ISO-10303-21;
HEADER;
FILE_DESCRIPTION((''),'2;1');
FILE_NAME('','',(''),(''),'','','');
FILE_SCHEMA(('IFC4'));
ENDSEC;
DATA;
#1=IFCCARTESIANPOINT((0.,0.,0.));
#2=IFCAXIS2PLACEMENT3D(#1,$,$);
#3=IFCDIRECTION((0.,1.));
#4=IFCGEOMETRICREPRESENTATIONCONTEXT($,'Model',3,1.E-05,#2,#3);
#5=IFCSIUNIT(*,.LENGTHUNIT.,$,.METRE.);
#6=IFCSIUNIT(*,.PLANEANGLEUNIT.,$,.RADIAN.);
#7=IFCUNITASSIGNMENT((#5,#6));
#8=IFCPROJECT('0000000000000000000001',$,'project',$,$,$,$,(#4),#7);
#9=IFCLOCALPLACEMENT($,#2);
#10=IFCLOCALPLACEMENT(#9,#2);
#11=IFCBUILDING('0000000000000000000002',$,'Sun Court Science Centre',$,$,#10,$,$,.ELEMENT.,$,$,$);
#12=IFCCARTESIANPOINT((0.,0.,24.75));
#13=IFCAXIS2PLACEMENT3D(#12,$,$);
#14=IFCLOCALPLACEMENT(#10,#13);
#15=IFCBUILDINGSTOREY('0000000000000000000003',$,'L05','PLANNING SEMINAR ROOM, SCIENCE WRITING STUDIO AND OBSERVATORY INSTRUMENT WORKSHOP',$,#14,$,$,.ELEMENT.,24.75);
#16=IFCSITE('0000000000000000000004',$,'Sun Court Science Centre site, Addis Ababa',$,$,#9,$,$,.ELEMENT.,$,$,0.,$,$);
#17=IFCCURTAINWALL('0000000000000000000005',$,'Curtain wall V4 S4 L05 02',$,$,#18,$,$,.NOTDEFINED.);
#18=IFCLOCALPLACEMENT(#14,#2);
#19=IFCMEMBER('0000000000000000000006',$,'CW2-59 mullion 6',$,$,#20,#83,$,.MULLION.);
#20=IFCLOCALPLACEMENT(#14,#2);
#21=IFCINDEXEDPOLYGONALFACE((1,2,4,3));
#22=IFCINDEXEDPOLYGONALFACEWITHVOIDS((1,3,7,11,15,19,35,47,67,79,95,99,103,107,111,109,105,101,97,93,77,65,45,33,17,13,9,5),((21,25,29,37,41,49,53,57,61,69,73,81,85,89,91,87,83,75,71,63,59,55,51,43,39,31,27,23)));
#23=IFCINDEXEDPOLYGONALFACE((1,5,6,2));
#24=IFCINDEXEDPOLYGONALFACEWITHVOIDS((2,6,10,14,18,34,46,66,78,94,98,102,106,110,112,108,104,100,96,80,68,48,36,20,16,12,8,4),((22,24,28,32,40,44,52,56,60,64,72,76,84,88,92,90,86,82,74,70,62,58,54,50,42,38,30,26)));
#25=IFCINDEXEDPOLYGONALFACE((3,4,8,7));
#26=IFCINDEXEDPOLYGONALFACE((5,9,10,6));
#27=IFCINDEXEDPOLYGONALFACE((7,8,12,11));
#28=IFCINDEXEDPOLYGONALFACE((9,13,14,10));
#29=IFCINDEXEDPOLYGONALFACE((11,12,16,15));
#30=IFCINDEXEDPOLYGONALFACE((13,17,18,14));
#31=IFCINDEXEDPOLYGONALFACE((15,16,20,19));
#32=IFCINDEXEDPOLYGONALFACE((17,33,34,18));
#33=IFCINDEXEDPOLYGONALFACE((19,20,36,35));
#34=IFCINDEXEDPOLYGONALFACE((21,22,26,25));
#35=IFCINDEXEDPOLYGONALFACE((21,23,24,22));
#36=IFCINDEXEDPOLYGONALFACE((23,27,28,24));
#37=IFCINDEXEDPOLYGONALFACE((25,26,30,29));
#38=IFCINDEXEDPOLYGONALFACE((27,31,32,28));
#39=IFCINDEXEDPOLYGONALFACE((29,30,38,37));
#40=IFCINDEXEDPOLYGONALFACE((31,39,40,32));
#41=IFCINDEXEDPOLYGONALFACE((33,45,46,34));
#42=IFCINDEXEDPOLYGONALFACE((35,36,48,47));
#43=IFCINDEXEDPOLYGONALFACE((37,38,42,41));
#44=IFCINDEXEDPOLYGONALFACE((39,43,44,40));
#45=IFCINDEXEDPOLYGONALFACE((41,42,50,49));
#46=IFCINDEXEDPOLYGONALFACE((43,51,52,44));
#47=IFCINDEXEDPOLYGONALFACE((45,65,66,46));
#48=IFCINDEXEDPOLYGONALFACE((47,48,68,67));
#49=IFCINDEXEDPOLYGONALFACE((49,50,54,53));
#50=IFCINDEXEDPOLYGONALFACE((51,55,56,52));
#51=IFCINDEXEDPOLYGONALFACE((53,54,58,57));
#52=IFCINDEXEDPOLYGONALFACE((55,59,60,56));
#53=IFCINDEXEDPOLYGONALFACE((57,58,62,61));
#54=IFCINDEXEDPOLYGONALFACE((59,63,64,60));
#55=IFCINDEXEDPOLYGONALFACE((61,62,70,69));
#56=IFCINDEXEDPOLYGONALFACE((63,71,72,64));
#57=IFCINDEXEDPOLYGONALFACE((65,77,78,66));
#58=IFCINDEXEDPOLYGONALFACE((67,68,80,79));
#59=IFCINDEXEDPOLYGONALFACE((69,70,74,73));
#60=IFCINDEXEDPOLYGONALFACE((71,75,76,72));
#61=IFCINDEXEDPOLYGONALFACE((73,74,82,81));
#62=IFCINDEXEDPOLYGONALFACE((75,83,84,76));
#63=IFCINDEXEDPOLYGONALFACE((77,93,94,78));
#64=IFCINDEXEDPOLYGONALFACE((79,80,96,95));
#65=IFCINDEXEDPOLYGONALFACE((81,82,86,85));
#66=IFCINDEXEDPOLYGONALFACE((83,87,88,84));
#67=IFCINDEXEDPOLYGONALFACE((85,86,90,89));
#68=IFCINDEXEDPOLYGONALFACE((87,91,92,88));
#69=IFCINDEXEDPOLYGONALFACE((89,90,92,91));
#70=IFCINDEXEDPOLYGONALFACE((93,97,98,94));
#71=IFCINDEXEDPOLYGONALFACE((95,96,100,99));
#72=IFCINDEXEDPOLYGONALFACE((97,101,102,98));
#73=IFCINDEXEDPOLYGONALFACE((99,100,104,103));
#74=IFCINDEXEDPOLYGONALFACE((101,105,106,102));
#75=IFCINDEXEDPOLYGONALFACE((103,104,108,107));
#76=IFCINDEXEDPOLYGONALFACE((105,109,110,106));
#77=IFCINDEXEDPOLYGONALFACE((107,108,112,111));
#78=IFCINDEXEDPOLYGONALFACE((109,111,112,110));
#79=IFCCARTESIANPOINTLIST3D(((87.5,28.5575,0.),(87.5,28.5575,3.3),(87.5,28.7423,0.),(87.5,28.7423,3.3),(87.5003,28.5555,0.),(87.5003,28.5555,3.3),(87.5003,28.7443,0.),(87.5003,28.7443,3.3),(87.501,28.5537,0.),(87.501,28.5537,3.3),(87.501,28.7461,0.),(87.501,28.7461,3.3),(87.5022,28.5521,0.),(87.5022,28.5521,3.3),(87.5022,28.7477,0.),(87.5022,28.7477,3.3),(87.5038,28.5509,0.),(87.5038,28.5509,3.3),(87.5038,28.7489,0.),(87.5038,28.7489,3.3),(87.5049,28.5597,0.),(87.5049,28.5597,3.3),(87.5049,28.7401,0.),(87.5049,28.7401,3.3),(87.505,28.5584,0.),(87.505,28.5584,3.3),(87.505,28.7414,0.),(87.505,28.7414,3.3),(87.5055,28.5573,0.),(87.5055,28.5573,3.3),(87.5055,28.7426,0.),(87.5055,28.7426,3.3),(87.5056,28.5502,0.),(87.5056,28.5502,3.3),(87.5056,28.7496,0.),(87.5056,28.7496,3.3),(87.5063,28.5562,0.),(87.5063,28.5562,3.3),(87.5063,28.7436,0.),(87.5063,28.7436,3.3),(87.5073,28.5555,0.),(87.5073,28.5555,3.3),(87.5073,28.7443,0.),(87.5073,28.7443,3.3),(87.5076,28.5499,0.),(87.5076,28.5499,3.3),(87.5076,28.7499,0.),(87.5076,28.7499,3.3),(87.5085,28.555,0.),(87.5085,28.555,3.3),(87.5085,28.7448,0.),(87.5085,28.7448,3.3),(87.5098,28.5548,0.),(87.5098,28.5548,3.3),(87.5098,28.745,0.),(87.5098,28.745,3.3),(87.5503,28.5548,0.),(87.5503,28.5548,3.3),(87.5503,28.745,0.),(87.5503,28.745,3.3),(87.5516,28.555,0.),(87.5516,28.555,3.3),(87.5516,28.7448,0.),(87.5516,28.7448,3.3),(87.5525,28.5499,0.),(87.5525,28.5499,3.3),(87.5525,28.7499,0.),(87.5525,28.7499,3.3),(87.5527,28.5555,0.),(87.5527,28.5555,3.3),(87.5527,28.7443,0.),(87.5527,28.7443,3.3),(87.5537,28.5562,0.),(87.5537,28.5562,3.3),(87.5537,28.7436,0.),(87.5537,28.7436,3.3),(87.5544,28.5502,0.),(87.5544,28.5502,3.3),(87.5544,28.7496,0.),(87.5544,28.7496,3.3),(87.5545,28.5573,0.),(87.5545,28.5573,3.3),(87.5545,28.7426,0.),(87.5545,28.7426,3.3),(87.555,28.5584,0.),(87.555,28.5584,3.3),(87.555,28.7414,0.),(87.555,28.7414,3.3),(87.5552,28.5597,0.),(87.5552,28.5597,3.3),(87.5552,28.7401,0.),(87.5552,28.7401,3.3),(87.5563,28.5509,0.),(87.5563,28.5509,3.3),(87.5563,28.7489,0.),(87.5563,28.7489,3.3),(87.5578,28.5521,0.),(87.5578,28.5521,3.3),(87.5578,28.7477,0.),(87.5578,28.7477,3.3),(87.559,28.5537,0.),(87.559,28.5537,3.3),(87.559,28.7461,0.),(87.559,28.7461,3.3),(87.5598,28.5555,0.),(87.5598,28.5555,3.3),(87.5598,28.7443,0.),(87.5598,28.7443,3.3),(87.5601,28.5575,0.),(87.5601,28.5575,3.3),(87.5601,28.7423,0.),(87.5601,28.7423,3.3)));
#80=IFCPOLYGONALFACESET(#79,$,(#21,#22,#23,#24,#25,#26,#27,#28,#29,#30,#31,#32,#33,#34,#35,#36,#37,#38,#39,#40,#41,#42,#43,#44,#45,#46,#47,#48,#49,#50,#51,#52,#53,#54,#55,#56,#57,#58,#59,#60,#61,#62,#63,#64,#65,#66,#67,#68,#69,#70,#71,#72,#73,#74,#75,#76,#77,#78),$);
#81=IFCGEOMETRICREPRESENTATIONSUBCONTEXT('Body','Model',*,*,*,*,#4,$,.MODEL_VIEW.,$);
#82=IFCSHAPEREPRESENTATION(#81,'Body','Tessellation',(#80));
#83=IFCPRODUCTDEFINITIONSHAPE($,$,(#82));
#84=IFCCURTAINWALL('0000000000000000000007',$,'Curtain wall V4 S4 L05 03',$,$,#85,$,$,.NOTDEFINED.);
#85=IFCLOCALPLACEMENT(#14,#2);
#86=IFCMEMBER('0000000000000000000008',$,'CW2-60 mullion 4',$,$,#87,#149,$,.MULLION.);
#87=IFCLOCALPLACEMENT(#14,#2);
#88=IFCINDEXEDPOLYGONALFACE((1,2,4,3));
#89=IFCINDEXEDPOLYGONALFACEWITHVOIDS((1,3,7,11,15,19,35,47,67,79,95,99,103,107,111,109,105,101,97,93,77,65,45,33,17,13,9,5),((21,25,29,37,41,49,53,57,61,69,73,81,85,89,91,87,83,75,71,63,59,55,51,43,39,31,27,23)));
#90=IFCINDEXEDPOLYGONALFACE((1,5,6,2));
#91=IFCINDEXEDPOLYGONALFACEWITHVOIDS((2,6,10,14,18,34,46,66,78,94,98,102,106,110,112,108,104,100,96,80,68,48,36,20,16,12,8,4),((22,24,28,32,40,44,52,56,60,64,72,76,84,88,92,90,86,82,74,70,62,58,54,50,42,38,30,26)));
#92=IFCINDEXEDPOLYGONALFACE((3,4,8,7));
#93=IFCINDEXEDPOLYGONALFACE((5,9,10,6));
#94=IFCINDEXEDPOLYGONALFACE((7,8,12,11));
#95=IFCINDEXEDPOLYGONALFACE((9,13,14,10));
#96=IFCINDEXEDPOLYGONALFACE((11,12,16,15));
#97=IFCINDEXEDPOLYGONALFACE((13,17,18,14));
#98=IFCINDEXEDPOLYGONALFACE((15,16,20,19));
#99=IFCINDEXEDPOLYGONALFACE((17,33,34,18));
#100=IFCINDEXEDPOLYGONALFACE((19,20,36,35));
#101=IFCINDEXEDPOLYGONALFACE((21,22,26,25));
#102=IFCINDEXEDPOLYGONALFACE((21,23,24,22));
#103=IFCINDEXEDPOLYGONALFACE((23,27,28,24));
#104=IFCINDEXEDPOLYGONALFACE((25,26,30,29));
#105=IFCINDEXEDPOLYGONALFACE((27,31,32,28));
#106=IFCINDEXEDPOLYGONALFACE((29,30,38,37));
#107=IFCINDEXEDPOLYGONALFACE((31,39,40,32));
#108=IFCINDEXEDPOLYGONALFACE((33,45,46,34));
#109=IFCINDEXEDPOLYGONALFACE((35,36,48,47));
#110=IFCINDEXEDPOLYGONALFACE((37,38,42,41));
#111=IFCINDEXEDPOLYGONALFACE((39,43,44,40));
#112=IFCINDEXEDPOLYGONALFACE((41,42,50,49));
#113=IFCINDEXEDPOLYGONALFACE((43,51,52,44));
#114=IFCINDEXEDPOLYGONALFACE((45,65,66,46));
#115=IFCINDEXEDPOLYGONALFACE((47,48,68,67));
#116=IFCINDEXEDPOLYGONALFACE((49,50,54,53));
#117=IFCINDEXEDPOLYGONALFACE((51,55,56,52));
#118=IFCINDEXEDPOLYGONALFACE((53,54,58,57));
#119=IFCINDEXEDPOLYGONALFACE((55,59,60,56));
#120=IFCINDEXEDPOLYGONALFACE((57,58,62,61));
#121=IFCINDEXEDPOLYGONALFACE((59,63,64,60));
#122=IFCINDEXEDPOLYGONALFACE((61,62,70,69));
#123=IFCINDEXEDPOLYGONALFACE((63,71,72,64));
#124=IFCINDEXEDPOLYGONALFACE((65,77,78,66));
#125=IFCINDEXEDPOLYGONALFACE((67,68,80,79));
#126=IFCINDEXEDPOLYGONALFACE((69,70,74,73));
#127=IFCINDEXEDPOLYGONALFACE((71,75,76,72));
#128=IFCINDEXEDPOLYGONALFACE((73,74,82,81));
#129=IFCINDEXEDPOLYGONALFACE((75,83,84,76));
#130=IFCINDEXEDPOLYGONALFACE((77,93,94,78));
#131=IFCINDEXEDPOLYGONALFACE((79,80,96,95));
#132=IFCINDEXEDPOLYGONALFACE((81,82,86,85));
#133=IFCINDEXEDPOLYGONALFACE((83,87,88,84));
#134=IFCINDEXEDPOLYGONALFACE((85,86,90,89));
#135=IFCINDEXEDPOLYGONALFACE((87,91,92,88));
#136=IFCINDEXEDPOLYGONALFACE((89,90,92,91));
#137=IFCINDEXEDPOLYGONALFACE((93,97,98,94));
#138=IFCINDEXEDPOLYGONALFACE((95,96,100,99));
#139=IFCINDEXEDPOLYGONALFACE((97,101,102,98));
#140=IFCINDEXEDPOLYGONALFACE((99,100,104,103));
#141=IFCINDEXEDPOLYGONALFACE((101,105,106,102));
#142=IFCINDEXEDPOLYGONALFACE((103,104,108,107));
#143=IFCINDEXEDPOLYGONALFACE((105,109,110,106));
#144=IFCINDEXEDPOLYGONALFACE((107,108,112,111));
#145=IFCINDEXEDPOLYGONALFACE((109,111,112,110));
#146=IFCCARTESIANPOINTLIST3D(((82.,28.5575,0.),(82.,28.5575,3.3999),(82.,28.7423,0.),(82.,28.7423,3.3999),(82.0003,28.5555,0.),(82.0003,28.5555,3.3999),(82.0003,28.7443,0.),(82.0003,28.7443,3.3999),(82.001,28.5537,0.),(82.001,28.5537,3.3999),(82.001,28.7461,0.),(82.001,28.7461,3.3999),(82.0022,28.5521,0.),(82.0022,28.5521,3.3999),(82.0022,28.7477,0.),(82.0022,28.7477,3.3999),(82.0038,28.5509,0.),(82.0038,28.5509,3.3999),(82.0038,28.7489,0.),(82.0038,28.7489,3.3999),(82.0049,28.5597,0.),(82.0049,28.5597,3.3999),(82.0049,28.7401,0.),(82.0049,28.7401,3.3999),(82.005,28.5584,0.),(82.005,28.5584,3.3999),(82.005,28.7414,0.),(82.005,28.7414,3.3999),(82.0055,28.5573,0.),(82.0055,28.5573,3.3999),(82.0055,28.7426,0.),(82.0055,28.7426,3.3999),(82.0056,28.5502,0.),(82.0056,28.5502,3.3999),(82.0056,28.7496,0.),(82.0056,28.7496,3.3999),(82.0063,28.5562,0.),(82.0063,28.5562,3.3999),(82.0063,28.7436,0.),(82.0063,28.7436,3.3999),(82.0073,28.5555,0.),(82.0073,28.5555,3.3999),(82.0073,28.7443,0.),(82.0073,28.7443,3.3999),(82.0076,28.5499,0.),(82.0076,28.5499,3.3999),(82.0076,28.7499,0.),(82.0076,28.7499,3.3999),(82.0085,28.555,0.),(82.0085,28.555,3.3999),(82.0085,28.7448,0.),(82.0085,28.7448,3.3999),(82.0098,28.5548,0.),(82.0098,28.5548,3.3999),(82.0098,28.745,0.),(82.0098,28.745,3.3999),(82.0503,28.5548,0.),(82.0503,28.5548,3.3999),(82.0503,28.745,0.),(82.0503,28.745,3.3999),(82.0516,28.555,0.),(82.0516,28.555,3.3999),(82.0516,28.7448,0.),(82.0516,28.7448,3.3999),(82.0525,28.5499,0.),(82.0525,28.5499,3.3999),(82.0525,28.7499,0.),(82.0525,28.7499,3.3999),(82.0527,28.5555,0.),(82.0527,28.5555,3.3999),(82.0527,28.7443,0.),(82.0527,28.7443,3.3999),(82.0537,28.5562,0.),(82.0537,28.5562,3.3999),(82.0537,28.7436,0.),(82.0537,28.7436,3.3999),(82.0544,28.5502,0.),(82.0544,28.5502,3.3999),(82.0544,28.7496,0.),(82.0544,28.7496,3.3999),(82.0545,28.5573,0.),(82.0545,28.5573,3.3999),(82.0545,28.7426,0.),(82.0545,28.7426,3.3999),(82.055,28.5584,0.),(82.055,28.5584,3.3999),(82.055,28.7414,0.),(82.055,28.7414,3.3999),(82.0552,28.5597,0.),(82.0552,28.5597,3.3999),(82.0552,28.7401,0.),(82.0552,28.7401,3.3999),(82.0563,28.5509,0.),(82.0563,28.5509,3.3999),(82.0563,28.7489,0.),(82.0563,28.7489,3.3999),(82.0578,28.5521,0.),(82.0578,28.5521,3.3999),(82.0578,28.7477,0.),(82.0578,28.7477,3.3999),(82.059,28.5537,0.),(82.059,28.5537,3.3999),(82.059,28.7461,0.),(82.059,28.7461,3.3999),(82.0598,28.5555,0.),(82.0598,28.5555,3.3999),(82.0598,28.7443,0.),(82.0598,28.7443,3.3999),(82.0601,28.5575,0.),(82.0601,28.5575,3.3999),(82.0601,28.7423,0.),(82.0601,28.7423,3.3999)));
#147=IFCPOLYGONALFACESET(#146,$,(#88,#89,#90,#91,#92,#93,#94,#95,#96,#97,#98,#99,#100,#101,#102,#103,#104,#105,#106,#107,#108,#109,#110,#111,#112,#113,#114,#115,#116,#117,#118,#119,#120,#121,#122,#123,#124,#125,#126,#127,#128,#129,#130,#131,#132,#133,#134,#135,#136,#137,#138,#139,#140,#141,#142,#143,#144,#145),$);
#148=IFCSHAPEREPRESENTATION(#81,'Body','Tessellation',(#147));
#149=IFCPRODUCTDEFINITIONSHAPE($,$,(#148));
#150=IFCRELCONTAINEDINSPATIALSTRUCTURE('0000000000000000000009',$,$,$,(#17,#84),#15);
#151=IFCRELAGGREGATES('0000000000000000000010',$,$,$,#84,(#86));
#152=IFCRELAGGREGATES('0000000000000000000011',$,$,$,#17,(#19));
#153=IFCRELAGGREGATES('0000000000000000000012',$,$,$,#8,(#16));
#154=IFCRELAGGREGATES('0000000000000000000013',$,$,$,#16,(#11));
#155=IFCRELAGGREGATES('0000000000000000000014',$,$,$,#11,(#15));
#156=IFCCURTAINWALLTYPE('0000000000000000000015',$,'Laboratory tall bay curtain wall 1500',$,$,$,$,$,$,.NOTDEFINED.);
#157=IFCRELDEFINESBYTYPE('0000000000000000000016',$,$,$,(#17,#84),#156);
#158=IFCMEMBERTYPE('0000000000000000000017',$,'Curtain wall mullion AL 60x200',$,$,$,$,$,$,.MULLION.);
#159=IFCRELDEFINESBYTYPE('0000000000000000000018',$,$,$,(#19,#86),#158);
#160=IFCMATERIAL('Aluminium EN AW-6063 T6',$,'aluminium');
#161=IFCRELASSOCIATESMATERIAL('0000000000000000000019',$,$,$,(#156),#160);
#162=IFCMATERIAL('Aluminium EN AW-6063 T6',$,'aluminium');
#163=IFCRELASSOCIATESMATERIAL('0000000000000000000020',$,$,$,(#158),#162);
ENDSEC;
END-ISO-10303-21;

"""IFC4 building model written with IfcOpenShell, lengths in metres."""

from ifc_helpers import new_model, si_unit, direction, frame, origin, origin_2d, place, context, subcontext, project, spatial, hollow_rectangle, extrude, material, material_profile, profile_set, type_object, element, aggregate, save


model = new_model("IFC4")

# Units and contexts
model_context = context("Model", 3, precision=1e-05, world=origin(), true_north=direction((0.0, 1.0)))
body_context = subcontext(model_context, "Body", "Model", "MODEL_VIEW")
ifc_project = project(units=[si_unit("LENGTHUNIT", "METRE"), si_unit("PLANEANGLEUNIT", "RADIAN")], contexts=[model_context])

# Site, building, storey
site_placement = place(None, origin())
site = spatial("IfcSite", under=ifc_project, at=site_placement, Name="Sun Court Science Centre site, Addis Ababa", CompositionType="ELEMENT", RefElevation=0.0)
building_placement = place(site_placement, origin())
building = spatial("IfcBuilding", under=site, at=building_placement, Name="Sun Court Science Centre", CompositionType="ELEMENT")
storey_placement = place(building_placement, frame((0.0, 0.0, 24.75)))
storey = spatial("IfcBuildingStorey", under=building, at=storey_placement, Name="L05", Description="PLANNING SEMINAR ROOM, SCIENCE WRITING STUDIO AND OBSERVATORY INSTRUMENT WORKSHOP", CompositionType="ELEMENT", Elevation=24.75)

# Curtain wall, member
ifc_material_1 = material(Name="Aluminium EN AW-6063 T6", Category="aluminium")
curtain_wall_type = type_object("IfcCurtainWallType", Name="Laboratory tall bay curtain wall 1500", PredefinedType="NOTDEFINED", material=ifc_material_1)
curtain_wall_1_placement = place(storey_placement, origin())
curtain_wall_1 = element("IfcCurtainWall", 1, at=curtain_wall_1_placement, inside=storey, type_object=curtain_wall_type, Name="Curtain wall V4 S4 L05 02", PredefinedType="NOTDEFINED")
ifc_material_2 = material(Name="Aluminium EN AW-6063 T6", Category="aluminium")
ifc_material_profile_1 = material_profile(ifc_material_2, hollow_rectangle(XDim=0.0601, YDim=0.2, WallThickness=0.0049, InnerFilletRadius=0.0049, OuterFilletRadius=0.0076, at=origin_2d()), Name="AL 60x200x5")
ifc_profile_set_1 = profile_set([ifc_material_profile_1], Name="Aluminium EN AW-6063 T6")
member_type_1 = type_object("IfcMemberType", Name="Curtain wall mullion AL 60x200", PredefinedType="MULLION", material=ifc_profile_set_1)
member_1_placement = place(storey_placement, frame((87.53, 28.6499, 0.0), z_axis=(0.0, 0.0, 1.0), x_axis=(-1.0, 0.0, 0.0)))
member_1 = element("IfcMember", 2, at=member_1_placement, type_object=member_type_1, Name="CW2-59 mullion 6", PredefinedType="MULLION", context=body_context, shape_type="SweptSolid", body=[
    extrude(hollow_rectangle(XDim=0.0601, YDim=0.2, WallThickness=0.0049, InnerFilletRadius=0.0049, OuterFilletRadius=0.0076, at=origin_2d()), origin(), (0.0, 0.0, 1.0), 3.3),
])

# Curtain wall, member
curtain_wall_2_placement = place(storey_placement, origin())
curtain_wall_2 = element("IfcCurtainWall", 3, at=curtain_wall_2_placement, inside=storey, type_object=curtain_wall_type, Name="Curtain wall V4 S4 L05 03", PredefinedType="NOTDEFINED")
member_2_placement = place(storey_placement, frame((82.03, 28.6499, 0.0), z_axis=(0.0, 0.0, 1.0), x_axis=(-1.0, 0.0, 0.0)))
member_2 = element("IfcMember", 4, at=member_2_placement, type_object=member_type_1, Name="CW2-60 mullion 4", PredefinedType="MULLION", context=body_context, shape_type="SweptSolid", body=[
    extrude(hollow_rectangle(XDim=0.0601, YDim=0.2, WallThickness=0.0049, InnerFilletRadius=0.0049, OuterFilletRadius=0.0076, at=origin_2d()), origin(), (0.0, 0.0, 1.0), 3.3999),
])

aggregate(curtain_wall_2, [member_2])

aggregate(curtain_wall_1, [member_1])

save(model, "model.ifc")
